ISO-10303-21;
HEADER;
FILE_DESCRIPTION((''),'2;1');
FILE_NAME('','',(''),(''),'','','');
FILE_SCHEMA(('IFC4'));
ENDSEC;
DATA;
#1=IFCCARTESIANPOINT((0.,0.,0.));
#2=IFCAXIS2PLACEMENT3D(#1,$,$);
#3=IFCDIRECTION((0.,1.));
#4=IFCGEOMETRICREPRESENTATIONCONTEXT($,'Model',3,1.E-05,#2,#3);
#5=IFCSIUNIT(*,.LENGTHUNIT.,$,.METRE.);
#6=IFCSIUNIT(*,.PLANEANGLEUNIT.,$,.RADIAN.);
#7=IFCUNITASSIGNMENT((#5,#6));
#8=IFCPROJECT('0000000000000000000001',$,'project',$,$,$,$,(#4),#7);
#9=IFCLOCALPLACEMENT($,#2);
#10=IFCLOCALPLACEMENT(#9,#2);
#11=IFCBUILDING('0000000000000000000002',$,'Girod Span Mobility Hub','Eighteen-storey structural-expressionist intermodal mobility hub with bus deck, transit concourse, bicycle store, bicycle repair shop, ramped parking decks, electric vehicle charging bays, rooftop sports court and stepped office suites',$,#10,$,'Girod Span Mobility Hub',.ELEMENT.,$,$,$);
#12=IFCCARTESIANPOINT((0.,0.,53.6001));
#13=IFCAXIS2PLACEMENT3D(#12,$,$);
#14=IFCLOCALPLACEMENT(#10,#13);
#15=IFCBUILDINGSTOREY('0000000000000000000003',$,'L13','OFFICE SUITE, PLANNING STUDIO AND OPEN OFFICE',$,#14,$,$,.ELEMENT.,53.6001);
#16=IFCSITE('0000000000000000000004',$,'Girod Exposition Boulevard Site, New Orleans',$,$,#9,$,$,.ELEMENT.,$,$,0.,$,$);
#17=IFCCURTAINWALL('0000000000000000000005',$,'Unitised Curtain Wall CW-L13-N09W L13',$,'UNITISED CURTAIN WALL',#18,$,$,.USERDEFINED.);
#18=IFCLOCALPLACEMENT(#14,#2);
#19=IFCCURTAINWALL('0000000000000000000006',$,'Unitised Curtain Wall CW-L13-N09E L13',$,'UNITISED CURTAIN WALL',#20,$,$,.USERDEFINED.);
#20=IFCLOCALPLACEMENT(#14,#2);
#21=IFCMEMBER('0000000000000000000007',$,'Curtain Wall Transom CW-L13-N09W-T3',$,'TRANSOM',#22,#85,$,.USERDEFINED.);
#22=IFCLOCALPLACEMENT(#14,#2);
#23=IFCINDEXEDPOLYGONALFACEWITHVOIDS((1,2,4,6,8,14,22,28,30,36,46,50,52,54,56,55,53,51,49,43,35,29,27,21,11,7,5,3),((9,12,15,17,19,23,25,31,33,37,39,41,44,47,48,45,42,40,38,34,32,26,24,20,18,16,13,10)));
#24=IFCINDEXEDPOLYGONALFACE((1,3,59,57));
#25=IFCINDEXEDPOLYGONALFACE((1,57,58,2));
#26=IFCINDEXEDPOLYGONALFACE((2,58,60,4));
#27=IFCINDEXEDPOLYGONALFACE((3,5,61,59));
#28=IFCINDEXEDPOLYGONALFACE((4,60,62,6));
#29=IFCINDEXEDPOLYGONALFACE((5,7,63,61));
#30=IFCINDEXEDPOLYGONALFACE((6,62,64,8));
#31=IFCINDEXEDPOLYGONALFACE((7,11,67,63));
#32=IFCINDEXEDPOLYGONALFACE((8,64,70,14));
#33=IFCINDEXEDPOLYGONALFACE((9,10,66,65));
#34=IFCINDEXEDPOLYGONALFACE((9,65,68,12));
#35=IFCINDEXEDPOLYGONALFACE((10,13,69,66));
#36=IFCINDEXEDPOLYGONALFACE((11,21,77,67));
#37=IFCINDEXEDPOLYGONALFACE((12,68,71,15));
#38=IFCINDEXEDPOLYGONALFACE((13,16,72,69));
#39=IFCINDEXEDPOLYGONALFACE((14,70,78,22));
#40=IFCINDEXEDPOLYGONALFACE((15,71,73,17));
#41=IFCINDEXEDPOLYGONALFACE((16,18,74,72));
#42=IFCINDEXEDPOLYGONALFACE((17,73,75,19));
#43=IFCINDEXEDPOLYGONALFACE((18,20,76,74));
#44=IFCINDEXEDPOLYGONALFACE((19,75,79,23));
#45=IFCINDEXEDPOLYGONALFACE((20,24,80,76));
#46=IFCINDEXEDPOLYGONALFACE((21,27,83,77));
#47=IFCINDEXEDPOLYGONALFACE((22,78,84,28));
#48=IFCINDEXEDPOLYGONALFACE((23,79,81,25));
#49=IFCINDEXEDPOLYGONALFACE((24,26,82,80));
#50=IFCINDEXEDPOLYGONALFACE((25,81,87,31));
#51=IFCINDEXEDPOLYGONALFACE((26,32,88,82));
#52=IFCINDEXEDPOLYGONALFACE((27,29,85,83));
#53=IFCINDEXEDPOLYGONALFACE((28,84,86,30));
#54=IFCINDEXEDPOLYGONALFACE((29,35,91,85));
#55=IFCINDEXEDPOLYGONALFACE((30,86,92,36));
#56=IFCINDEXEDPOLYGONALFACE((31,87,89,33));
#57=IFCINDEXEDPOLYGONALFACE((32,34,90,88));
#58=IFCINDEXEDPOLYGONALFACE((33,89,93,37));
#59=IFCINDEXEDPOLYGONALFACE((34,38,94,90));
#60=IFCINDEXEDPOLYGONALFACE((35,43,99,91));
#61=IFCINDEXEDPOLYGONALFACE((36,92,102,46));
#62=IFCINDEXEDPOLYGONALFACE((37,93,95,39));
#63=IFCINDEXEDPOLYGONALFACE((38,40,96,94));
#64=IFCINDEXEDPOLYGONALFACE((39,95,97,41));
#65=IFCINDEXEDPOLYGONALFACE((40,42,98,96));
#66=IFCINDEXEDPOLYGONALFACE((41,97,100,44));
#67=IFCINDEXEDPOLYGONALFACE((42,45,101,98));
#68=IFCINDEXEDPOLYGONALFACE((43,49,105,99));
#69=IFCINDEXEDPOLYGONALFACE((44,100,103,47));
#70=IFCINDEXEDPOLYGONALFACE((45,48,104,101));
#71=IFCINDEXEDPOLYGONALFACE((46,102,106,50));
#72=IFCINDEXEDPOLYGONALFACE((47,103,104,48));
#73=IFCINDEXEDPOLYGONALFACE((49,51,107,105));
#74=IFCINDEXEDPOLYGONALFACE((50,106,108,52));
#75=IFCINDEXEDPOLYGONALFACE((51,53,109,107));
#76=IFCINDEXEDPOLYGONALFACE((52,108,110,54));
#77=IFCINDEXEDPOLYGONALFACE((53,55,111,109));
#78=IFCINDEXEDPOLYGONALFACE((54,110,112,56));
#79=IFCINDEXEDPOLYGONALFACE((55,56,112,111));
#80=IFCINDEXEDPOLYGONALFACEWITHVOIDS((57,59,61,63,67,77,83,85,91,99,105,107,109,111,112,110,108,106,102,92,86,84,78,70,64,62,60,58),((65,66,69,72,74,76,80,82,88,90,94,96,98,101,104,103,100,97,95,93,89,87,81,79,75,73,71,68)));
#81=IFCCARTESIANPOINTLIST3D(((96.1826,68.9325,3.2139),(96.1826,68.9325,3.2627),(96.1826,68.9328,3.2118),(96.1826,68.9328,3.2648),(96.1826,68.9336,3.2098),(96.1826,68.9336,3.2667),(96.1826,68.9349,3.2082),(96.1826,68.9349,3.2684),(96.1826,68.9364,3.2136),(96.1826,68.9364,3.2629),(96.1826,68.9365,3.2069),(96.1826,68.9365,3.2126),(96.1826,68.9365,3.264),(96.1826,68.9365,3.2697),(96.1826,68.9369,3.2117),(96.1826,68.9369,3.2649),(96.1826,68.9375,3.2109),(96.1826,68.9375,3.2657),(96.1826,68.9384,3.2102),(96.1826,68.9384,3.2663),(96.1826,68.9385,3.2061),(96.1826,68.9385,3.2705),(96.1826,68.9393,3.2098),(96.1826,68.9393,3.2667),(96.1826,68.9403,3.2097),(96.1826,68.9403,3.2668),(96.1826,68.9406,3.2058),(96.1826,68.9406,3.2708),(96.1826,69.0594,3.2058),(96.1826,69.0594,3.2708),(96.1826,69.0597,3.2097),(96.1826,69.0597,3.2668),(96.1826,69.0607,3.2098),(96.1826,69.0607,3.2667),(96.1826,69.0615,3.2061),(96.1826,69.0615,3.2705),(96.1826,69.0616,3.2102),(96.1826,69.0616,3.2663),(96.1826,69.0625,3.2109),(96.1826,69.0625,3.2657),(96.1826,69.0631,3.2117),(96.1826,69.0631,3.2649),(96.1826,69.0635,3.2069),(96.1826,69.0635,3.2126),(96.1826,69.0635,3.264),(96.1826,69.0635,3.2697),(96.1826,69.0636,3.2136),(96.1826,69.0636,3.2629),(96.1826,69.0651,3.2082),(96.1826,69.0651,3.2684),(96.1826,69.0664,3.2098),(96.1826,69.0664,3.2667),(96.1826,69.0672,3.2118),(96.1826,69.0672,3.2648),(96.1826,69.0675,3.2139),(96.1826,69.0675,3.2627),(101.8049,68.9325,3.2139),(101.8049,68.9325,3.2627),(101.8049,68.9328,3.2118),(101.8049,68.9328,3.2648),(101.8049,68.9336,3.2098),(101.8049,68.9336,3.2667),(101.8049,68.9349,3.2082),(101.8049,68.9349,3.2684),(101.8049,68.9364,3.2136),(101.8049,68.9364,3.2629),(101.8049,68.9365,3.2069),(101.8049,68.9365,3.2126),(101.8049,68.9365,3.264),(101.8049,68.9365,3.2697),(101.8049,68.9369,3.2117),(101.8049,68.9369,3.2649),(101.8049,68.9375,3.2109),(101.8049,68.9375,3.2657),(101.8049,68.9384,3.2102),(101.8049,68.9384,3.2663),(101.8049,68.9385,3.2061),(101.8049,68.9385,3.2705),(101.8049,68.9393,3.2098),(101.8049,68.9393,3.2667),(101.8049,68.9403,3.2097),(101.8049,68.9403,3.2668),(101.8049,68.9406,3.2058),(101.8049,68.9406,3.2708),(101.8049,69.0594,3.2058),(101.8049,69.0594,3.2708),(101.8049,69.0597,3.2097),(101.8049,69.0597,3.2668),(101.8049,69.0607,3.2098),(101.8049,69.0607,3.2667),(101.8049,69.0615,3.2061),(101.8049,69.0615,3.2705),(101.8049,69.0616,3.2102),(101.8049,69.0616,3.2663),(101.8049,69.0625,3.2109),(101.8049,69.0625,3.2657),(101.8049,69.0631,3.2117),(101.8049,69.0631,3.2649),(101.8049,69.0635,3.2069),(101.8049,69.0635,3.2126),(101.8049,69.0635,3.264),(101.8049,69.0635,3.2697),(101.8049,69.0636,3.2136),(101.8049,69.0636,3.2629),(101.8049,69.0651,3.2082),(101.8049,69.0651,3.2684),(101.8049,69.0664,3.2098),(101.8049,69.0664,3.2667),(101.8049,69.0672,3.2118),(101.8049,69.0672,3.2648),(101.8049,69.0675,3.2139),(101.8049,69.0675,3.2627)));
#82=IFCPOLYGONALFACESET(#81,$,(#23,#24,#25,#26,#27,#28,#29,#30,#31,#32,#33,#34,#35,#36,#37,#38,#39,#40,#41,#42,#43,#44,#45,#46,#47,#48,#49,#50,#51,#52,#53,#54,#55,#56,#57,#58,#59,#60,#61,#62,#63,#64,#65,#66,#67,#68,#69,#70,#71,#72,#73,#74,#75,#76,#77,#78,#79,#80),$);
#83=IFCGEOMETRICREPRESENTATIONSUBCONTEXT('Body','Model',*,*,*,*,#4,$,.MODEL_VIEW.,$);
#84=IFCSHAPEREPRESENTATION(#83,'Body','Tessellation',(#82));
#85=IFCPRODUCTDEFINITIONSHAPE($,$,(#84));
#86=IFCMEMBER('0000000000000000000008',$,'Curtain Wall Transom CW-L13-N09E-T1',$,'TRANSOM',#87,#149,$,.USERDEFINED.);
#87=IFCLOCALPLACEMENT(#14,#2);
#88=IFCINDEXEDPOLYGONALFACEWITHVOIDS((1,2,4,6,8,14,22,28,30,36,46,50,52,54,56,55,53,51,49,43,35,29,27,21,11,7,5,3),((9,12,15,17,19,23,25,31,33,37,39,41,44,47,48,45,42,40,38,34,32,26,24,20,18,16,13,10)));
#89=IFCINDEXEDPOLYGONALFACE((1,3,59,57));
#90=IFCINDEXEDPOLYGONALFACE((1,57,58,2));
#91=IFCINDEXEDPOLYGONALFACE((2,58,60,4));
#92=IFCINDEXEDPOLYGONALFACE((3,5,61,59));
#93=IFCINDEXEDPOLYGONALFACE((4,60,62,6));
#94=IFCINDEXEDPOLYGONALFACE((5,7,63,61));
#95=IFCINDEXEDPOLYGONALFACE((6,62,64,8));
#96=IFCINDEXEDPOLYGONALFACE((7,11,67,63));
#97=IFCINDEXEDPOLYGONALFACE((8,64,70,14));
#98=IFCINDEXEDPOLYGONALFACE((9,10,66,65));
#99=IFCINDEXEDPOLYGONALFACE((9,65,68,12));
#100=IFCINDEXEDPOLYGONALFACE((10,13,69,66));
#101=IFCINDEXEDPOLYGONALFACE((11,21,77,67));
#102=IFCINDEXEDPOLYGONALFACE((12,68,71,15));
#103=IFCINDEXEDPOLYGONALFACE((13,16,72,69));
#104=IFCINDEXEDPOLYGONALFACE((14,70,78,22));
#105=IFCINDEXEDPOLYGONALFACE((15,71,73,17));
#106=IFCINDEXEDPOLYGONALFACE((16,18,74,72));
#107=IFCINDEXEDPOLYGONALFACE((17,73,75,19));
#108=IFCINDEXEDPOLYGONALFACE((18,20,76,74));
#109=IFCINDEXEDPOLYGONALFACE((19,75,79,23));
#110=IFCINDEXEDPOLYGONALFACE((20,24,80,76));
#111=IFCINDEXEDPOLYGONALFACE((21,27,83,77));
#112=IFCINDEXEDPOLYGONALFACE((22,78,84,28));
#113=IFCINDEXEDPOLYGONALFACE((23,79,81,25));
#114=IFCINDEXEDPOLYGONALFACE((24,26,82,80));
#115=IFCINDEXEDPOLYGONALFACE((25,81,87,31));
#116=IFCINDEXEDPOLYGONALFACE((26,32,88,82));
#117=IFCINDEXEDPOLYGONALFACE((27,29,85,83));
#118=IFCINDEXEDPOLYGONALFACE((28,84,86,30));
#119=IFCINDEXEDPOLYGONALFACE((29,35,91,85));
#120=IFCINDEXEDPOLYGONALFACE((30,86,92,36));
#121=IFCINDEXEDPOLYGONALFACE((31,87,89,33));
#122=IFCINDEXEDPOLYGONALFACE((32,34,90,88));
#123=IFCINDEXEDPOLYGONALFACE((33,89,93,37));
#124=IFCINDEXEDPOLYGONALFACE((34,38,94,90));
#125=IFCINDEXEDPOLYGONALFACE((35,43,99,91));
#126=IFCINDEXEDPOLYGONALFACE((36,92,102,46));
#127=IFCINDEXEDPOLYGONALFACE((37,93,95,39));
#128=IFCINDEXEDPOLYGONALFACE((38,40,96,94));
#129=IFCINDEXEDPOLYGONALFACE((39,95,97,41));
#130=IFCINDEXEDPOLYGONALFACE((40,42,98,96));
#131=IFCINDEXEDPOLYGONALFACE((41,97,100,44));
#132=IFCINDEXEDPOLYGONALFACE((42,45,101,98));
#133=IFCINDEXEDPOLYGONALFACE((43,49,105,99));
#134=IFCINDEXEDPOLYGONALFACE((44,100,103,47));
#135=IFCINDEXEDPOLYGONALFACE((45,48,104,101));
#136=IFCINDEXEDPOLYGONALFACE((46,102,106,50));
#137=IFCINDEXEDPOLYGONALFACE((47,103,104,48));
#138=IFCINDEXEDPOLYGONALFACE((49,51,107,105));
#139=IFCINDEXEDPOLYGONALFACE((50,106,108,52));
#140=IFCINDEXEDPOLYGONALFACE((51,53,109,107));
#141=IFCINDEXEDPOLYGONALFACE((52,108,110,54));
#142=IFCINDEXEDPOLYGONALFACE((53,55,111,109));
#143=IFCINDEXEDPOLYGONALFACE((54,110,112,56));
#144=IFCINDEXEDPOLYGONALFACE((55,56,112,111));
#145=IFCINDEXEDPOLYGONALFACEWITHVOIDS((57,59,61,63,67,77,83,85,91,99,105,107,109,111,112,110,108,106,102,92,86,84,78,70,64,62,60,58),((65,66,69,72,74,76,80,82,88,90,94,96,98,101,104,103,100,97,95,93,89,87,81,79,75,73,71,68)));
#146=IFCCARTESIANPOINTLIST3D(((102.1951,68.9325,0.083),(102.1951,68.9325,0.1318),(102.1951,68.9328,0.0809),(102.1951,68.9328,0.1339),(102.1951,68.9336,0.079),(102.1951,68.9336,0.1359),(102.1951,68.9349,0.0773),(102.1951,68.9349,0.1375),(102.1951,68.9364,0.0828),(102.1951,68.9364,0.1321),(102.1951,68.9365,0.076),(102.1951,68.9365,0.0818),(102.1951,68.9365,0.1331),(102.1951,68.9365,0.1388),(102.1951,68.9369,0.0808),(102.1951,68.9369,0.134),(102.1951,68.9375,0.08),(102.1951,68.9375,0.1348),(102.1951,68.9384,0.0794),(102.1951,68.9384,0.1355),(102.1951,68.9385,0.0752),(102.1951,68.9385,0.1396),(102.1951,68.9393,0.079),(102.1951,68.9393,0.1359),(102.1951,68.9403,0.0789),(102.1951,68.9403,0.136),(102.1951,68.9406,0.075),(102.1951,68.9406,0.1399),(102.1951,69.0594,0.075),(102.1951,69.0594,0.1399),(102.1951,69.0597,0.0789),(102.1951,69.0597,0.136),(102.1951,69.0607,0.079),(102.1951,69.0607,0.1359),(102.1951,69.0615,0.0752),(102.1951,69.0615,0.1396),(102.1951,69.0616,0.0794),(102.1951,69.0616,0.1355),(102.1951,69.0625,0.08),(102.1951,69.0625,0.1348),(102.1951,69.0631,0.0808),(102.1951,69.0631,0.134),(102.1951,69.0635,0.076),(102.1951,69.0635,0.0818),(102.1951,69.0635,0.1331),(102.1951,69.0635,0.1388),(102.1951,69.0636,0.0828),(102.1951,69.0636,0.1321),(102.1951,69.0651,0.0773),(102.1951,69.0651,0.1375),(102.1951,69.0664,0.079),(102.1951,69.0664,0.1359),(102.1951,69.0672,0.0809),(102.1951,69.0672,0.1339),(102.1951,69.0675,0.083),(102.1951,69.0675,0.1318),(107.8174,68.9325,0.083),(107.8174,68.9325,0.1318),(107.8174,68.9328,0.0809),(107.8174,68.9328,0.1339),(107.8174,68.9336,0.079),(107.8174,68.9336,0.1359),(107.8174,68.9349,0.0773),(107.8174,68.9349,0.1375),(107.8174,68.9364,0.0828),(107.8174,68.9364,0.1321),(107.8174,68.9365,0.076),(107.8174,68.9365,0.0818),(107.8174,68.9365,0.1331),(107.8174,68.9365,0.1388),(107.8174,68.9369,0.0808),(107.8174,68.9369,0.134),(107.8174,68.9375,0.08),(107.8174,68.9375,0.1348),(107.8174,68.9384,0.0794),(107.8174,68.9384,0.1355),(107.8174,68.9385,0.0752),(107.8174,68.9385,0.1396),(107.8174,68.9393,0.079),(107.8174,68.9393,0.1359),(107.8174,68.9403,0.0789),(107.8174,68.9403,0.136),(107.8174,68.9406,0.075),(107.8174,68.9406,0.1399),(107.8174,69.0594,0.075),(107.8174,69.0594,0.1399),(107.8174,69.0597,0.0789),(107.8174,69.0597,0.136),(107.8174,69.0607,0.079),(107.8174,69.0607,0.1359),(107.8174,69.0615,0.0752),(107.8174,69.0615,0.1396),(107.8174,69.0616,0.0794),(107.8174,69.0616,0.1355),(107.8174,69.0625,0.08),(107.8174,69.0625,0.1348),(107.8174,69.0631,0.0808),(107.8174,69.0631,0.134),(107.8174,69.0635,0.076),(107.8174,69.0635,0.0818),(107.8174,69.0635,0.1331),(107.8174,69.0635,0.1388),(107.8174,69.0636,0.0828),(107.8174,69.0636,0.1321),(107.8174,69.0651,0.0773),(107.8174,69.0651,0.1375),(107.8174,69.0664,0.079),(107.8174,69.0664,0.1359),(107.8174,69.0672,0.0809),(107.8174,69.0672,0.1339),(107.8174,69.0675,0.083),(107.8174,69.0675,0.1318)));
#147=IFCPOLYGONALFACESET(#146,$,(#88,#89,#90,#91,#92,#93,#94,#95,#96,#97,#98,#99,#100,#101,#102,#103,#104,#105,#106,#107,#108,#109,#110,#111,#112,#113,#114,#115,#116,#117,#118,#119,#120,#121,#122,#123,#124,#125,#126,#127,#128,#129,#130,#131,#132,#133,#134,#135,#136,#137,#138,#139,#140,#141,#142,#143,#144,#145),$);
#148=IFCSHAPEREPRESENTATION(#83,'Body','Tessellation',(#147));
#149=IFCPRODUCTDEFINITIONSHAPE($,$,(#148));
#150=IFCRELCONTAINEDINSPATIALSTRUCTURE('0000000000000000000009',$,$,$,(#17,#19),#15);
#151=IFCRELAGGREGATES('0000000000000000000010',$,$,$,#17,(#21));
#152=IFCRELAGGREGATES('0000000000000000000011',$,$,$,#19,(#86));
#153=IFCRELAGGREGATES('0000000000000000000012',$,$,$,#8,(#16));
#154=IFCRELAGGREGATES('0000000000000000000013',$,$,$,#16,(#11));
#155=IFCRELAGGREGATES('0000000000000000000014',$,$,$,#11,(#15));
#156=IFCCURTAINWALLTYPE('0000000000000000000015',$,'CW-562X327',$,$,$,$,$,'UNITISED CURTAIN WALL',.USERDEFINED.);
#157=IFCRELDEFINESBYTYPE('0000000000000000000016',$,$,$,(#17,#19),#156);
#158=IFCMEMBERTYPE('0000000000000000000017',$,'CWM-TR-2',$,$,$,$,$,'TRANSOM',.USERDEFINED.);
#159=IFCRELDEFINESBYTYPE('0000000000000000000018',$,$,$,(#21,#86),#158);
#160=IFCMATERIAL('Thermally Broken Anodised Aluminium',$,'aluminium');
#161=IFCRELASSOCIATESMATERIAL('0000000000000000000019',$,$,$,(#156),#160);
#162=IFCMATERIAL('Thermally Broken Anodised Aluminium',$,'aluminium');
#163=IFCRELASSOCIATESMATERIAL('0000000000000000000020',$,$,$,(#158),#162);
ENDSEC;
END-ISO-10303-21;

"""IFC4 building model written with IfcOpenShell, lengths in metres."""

from ifc_helpers import new_model, si_unit, direction, frame, origin, origin_2d, place, context, subcontext, project, spatial, hollow_rectangle, extrude, material, material_profile, profile_set, type_object, element, aggregate, save


model = new_model("IFC4")

# Units and contexts
model_context = context("Model", 3, precision=1e-05, world=origin(), true_north=direction((0.0, 1.0)))
body_context = subcontext(model_context, "Body", "Model", "MODEL_VIEW")
ifc_project = project(units=[si_unit("LENGTHUNIT", "METRE"), si_unit("PLANEANGLEUNIT", "RADIAN")], contexts=[model_context])

# Site, building, storey
site_placement = place(None, origin())
site = spatial("IfcSite", under=ifc_project, at=site_placement, Name="Girod Exposition Boulevard Site, New Orleans", CompositionType="ELEMENT", RefElevation=0.0)
building_placement = place(site_placement, origin())
building = spatial("IfcBuilding", under=site, at=building_placement, Name="Girod Span Mobility Hub", Description="Eighteen-storey structural-expressionist intermodal mobility hub with bus deck, transit concourse, bicycle store, bicycle repair shop, ramped parking decks, electric vehicle charging bays, rooftop sports court and stepped office suites", LongName="Girod Span Mobility Hub", CompositionType="ELEMENT")
storey_placement = place(building_placement, frame((0.0, 0.0, 53.6001)))
storey = spatial("IfcBuildingStorey", under=building, at=storey_placement, Name="L13", Description="OFFICE SUITE, PLANNING STUDIO AND OPEN OFFICE", CompositionType="ELEMENT", Elevation=53.6001)

# Curtain wall
ifc_material_1 = material(Name="Thermally Broken Anodised Aluminium", Category="aluminium")
curtain_wall_type = type_object("IfcCurtainWallType", Name="CW-562X327", ElementType="UNITISED CURTAIN WALL", PredefinedType="USERDEFINED", material=ifc_material_1)
curtain_wall_1_placement = place(storey_placement, origin())
curtain_wall_1 = element("IfcCurtainWall", 1, at=curtain_wall_1_placement, inside=storey, type_object=curtain_wall_type, Name="Unitised Curtain Wall CW-L13-N09W L13", ObjectType="UNITISED CURTAIN WALL", PredefinedType="USERDEFINED")

# Curtain wall
curtain_wall_2_placement = place(storey_placement, origin())
curtain_wall_2 = element("IfcCurtainWall", 2, at=curtain_wall_2_placement, inside=storey, type_object=curtain_wall_type, Name="Unitised Curtain Wall CW-L13-N09E L13", ObjectType="UNITISED CURTAIN WALL", PredefinedType="USERDEFINED")

# Members
ifc_material_2 = material(Name="Thermally Broken Anodised Aluminium", Category="aluminium")
ifc_material_profile_1 = material_profile(ifc_material_2, hollow_rectangle(XDim=0.135, YDim=0.0649, WallThickness=0.0039, InnerFilletRadius=0.0039, OuterFilletRadius=0.0081, at=origin_2d()), Name="CW-TR-65X135")
ifc_profile_set_1 = profile_set([ifc_material_profile_1], Name="Thermally Broken Anodised Aluminium")
member_type_1 = type_object("IfcMemberType", Name="CWM-TR-2", ElementType="TRANSOM", PredefinedType="USERDEFINED", material=ifc_profile_set_1)
member_1_placement = place(storey_placement, frame((96.1826, 69.0, 3.2383), z_axis=(1.0, 0.0, 0.0), x_axis=(0.0, 1.0, 0.0)))
member_1 = element("IfcMember", 3, at=member_1_placement, type_object=member_type_1, Name="Curtain Wall Transom CW-L13-N09W-T3", ObjectType="TRANSOM", PredefinedType="USERDEFINED", context=body_context, shape_type="SweptSolid", body=[
    extrude(hollow_rectangle(XDim=0.135, YDim=0.0649, WallThickness=0.0039, InnerFilletRadius=0.0039, OuterFilletRadius=0.0081, at=origin_2d()), origin(), (0.0, 0.0, 1.0), 5.6223),
])
member_2_placement = place(storey_placement, frame((102.1951, 69.0, 0.1074), z_axis=(1.0, 0.0, 0.0), x_axis=(0.0, 1.0, 0.0)))
member_2 = element("IfcMember", 4, at=member_2_placement, type_object=member_type_1, Name="Curtain Wall Transom CW-L13-N09E-T1", ObjectType="TRANSOM", PredefinedType="USERDEFINED", context=body_context, shape_type="SweptSolid", body=[
    extrude(hollow_rectangle(XDim=0.135, YDim=0.0649, WallThickness=0.0039, InnerFilletRadius=0.0039, OuterFilletRadius=0.0081, at=origin_2d()), origin(), (0.0, 0.0, 1.0), 5.6223),
])

aggregate(curtain_wall_1, [member_1])
aggregate(curtain_wall_2, [member_2])

save(model, "model.ifc")
